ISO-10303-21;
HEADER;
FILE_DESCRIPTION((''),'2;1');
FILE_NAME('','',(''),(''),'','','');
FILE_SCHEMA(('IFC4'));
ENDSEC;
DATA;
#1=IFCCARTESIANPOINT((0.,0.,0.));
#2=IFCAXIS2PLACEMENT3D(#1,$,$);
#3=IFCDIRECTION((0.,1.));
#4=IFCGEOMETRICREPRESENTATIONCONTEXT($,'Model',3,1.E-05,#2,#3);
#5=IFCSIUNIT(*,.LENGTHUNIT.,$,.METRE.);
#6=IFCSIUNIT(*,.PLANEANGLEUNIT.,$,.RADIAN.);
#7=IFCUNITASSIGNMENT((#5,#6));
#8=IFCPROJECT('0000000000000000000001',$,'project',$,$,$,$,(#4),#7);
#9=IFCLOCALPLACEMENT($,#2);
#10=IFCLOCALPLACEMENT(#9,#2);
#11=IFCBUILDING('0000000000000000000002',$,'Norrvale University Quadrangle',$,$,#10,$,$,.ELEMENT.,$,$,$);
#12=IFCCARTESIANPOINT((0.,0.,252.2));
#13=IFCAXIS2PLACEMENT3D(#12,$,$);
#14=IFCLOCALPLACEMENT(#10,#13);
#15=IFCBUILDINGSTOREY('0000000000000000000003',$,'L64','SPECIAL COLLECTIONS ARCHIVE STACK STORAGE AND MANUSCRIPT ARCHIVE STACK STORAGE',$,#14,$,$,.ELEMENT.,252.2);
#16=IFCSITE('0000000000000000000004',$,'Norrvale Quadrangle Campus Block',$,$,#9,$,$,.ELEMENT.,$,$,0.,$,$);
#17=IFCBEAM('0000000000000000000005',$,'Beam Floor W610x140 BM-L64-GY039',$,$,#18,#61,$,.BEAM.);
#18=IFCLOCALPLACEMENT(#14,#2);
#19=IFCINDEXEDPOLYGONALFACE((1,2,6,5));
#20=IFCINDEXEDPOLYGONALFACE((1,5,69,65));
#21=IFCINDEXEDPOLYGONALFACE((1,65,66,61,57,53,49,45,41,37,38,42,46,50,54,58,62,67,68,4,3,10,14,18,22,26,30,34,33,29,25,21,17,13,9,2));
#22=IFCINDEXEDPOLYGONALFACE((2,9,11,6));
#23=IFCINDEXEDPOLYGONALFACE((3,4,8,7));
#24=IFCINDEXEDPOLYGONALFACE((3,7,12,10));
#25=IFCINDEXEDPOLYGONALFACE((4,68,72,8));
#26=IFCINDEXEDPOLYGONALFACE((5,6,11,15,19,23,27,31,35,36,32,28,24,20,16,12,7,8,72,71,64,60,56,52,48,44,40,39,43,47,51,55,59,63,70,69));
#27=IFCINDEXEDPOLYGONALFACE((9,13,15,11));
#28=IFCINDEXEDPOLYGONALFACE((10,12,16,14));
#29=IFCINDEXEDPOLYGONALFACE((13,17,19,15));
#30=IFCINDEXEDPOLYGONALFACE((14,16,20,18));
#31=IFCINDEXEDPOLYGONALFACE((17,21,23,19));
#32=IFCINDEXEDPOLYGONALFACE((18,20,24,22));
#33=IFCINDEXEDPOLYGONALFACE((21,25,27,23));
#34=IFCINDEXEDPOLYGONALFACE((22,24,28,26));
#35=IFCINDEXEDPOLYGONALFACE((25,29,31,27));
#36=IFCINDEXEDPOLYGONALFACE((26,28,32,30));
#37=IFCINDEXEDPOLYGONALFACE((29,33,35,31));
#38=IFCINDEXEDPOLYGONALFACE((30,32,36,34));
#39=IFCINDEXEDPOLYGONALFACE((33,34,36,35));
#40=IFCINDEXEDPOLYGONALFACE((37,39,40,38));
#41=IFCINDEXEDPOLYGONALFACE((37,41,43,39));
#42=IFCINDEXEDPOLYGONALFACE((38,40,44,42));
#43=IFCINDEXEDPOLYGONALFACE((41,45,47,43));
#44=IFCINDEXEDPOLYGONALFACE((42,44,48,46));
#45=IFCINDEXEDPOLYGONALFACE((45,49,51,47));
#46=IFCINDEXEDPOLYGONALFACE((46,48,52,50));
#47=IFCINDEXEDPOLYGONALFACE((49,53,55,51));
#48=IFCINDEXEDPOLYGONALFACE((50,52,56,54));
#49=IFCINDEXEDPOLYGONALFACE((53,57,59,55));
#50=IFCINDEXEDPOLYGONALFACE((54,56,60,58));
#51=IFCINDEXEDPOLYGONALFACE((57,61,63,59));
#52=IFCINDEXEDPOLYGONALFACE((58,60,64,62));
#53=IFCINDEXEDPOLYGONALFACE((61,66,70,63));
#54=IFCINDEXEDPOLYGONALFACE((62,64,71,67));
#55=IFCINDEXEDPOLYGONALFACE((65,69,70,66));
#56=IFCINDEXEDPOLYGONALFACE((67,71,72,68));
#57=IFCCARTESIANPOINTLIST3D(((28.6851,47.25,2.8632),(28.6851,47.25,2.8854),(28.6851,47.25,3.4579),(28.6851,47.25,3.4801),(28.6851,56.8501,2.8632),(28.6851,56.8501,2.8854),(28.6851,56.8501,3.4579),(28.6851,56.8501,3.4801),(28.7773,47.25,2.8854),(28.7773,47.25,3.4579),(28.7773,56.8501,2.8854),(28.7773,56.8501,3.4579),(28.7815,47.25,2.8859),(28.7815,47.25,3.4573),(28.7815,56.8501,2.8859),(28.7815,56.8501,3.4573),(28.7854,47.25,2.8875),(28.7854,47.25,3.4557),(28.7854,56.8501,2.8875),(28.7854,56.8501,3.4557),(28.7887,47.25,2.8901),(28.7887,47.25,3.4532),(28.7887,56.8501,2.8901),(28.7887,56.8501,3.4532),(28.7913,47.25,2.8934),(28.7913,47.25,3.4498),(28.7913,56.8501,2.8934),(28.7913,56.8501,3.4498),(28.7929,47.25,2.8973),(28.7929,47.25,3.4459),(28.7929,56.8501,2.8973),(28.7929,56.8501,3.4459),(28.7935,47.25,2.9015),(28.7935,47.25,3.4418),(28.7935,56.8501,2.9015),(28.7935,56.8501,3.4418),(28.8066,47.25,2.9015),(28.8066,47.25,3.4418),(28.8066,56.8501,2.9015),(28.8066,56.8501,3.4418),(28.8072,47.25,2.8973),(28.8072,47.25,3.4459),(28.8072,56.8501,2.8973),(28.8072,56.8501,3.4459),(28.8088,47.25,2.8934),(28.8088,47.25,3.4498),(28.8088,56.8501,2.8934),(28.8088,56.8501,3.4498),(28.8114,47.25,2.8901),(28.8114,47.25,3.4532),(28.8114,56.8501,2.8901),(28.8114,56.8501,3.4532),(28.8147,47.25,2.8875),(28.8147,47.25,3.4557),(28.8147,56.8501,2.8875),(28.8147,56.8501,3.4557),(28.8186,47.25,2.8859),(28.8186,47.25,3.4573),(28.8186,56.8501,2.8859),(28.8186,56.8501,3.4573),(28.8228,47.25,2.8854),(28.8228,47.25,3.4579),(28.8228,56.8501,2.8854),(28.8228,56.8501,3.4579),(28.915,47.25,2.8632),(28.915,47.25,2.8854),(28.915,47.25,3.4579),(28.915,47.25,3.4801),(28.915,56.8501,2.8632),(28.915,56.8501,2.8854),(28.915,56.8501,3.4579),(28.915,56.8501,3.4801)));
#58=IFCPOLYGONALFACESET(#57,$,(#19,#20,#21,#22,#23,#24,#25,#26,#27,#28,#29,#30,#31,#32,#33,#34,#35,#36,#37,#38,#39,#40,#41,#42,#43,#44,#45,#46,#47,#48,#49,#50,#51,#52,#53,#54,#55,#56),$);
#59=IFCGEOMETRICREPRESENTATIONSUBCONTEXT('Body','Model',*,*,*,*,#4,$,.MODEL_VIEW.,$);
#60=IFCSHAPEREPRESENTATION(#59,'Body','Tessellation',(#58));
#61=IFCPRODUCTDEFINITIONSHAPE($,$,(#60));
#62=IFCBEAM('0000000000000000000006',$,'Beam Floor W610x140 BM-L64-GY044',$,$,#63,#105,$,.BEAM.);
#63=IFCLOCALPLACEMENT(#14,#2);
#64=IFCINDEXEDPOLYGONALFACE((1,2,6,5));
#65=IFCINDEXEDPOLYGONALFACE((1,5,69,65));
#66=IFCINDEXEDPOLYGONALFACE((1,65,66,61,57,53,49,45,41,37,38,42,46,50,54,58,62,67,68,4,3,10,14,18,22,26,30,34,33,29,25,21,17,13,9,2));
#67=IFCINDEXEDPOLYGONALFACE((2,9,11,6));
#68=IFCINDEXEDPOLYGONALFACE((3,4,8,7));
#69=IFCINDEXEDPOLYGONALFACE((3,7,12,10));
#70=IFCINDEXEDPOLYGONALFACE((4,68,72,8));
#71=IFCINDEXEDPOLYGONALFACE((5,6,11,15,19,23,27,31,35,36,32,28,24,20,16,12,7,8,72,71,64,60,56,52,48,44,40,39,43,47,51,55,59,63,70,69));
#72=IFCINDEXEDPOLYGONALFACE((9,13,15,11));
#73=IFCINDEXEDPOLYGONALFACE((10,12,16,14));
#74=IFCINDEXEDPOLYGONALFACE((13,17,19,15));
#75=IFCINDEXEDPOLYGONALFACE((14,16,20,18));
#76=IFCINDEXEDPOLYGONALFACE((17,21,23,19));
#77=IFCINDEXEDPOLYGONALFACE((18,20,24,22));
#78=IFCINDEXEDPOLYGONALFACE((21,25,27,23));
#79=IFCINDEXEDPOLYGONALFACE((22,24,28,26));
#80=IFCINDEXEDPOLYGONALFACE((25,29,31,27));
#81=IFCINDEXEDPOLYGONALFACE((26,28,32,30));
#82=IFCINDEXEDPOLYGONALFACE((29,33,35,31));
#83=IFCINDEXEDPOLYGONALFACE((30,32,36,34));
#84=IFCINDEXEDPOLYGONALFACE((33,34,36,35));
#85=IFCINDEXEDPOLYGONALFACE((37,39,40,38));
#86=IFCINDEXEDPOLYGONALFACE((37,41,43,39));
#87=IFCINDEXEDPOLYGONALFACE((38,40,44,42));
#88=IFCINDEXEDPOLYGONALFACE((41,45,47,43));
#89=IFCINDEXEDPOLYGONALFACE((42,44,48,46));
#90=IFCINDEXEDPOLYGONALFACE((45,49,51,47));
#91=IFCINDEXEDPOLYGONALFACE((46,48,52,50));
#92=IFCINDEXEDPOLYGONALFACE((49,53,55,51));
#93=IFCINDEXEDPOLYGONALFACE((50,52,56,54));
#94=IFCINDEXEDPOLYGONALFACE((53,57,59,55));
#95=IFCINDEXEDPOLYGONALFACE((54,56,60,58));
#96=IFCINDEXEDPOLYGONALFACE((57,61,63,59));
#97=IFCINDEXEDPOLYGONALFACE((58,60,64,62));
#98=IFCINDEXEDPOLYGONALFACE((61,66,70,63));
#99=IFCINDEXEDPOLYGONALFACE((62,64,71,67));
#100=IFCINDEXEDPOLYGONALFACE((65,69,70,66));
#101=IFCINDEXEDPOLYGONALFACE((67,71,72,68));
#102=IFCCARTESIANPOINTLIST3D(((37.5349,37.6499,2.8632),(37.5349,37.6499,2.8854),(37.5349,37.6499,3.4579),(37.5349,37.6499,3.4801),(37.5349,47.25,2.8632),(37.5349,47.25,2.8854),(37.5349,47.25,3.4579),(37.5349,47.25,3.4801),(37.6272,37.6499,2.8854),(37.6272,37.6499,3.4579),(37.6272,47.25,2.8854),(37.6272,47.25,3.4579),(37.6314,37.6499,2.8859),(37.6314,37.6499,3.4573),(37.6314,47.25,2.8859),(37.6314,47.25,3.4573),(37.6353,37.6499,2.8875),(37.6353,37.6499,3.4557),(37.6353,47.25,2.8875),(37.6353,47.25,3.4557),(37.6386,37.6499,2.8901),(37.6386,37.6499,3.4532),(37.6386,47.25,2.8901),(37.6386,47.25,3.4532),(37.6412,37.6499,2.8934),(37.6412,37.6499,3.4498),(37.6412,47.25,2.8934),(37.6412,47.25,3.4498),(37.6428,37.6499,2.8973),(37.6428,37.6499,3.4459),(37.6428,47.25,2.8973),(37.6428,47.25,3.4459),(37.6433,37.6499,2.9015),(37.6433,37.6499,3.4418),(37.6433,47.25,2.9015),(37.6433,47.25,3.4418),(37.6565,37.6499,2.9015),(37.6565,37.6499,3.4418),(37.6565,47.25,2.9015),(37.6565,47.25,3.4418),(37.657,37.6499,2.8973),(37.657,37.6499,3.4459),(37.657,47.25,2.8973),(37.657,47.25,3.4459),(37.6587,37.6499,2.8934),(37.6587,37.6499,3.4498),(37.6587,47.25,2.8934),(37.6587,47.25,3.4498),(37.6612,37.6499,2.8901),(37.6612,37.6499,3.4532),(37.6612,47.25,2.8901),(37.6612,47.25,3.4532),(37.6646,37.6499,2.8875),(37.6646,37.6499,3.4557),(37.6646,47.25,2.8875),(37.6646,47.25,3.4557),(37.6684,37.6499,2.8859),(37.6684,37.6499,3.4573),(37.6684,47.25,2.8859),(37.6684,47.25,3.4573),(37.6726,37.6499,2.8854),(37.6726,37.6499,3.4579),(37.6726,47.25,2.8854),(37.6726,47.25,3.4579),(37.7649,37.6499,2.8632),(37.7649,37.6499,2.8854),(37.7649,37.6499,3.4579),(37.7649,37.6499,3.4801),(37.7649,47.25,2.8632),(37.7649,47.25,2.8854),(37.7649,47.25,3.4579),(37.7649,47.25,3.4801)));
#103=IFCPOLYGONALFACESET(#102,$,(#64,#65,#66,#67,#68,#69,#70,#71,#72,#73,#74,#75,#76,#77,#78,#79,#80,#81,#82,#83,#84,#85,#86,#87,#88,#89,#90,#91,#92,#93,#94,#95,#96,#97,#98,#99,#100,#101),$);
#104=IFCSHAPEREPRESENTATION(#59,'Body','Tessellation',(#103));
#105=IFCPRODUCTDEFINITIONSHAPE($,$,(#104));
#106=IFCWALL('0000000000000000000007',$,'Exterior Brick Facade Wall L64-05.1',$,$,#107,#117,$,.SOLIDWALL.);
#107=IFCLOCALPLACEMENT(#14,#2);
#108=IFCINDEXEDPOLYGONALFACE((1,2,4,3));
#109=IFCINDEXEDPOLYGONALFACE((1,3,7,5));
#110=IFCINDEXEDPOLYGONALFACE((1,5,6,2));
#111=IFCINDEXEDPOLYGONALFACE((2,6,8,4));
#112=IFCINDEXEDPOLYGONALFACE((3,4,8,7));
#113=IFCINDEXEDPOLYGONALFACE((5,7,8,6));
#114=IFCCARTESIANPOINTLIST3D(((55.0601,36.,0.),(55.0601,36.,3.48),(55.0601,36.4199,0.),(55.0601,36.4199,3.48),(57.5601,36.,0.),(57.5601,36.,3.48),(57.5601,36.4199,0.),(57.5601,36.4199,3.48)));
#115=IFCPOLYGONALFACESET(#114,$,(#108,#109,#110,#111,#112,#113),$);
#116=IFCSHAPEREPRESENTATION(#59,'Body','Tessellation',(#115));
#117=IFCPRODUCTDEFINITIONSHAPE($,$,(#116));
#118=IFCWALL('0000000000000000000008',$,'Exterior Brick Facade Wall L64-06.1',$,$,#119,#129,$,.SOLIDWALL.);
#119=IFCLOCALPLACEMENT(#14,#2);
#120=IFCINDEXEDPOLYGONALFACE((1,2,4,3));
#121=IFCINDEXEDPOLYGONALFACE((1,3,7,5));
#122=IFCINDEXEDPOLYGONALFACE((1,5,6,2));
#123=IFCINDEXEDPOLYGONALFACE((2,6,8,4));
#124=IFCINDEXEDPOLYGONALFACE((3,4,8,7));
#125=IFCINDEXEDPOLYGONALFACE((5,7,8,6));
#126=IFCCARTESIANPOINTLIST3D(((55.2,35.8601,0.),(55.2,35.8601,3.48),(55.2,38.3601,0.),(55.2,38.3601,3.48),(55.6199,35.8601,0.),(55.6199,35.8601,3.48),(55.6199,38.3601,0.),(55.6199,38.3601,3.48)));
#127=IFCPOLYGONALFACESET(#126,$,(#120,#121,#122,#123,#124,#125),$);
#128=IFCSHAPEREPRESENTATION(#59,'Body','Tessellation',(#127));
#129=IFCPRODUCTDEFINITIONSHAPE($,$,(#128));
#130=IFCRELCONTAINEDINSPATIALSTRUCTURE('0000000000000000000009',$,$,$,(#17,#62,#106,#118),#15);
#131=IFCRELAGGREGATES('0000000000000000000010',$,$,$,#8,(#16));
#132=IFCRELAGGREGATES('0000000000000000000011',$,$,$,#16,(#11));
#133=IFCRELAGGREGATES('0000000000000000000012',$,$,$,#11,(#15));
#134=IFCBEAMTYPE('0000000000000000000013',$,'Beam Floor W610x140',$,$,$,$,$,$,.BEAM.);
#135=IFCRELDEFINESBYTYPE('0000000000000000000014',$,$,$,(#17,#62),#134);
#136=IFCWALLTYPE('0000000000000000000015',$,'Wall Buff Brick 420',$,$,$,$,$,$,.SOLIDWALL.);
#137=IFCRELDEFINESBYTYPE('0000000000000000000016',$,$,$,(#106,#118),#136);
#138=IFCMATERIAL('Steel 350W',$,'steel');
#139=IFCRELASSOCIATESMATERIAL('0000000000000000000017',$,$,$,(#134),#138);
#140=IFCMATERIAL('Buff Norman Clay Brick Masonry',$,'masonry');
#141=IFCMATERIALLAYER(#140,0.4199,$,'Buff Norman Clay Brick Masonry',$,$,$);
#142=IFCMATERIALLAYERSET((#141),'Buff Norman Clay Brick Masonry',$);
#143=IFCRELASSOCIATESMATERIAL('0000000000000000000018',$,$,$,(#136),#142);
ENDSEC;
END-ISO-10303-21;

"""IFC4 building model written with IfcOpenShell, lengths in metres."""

from ifc_helpers import new_model, si_unit, direction, frame, frame_2d, origin, origin_2d, place, context, subcontext, project, spatial, rectangle, i_section, extrude, material, layer, layer_set, material_profile, profile_set, type_object, element, save


model = new_model("IFC4")

# Units and contexts
model_context = context("Model", 3, precision=1e-05, world=origin(), true_north=direction((0.0, 1.0)))
body_context = subcontext(model_context, "Body", "Model", "MODEL_VIEW")
ifc_project = project(units=[si_unit("LENGTHUNIT", "METRE"), si_unit("PLANEANGLEUNIT", "RADIAN")], contexts=[model_context])

# Site, building, storey
site_placement = place(None, origin())
site = spatial("IfcSite", under=ifc_project, at=site_placement, Name="Norrvale Quadrangle Campus Block", CompositionType="ELEMENT", RefElevation=0.0)
building_placement = place(site_placement, origin())
building = spatial("IfcBuilding", under=site, at=building_placement, Name="Norrvale University Quadrangle", CompositionType="ELEMENT")
storey_placement = place(building_placement, frame((0.0, 0.0, 252.2)))
storey = spatial("IfcBuildingStorey", under=building, at=storey_placement, Name="L64", Description="SPECIAL COLLECTIONS ARCHIVE STACK STORAGE AND MANUSCRIPT ARCHIVE STACK STORAGE", CompositionType="ELEMENT", Elevation=252.2)

# Beams
ifc_material_1 = material(Name="Steel 350W", Category="steel")
ifc_material_profile_1 = material_profile(ifc_material_1, i_section(OverallWidth=0.23, OverallDepth=0.6169, WebThickness=0.0132, FlangeThickness=0.0222, FilletRadius=0.0161, at=origin_2d()), Name="Steel 350W")
ifc_profile_set_1 = profile_set([ifc_material_profile_1], Name="Steel 350W")
beam_type_1 = type_object("IfcBeamType", Name="Beam Floor W610x140", PredefinedType="BEAM", material=ifc_profile_set_1)
for number, where, z_axis, x_axis, name in (
    (1, (28.8, 47.25, 3.1716), (0.0, 1.0, 0.0), (-1.0, 0.0, 0.0), "Beam Floor W610x140 BM-L64-GY039"),
    (2, (37.6499, 37.6499, 3.1716), (0.0, 1.0, 0.0), (-1.0, 0.0, 0.0), "Beam Floor W610x140 BM-L64-GY044"),
):
    element("IfcBeam", number, at=place(storey_placement, frame(where, z_axis=z_axis, x_axis=x_axis)), inside=storey, type_object=beam_type_1, Name=name, PredefinedType="BEAM", context=body_context, shape_type="SweptSolid", body=[
        extrude(i_section(OverallWidth=0.23, OverallDepth=0.6169, WebThickness=0.0132, FlangeThickness=0.0222, FilletRadius=0.0161, at=origin_2d()), origin(), (0.0, 0.0, 1.0), 9.6001),
    ])

# Walls
ifc_material_2 = material(Name="Buff Norman Clay Brick Masonry", Category="masonry")
ifc_layer_1 = layer(ifc_material_2, 0.4199, Name="Buff Norman Clay Brick Masonry")
ifc_layer_set_1 = layer_set([ifc_layer_1], Name="Buff Norman Clay Brick Masonry")
wall_type_1 = type_object("IfcWallType", Name="Wall Buff Brick 420", PredefinedType="SOLIDWALL", material=ifc_layer_set_1)
for number, where, z_axis, x_axis, name in (
    (3, (57.5601, 36.21, 0.0), (0.0, 0.0, 1.0), (-1.0, 0.0, 0.0), "Exterior Brick Facade Wall L64-05.1"),
    (4, (55.4099, 35.8601, 0.0), (0.0, 0.0, 1.0), (0.0, 1.0, 0.0), "Exterior Brick Facade Wall L64-06.1"),
):
    element("IfcWall", number, at=place(storey_placement, frame(where, z_axis=z_axis, x_axis=x_axis)), inside=storey, type_object=wall_type_1, Name=name, PredefinedType="SOLIDWALL", context=body_context, shape_type="SweptSolid", body=[
        extrude(rectangle(XDim=2.5, YDim=0.4199, at=frame_2d((1.25, 0.0))), origin(), (0.0, 0.0, 1.0), 3.48),
    ])

save(model, "model.ifc")
